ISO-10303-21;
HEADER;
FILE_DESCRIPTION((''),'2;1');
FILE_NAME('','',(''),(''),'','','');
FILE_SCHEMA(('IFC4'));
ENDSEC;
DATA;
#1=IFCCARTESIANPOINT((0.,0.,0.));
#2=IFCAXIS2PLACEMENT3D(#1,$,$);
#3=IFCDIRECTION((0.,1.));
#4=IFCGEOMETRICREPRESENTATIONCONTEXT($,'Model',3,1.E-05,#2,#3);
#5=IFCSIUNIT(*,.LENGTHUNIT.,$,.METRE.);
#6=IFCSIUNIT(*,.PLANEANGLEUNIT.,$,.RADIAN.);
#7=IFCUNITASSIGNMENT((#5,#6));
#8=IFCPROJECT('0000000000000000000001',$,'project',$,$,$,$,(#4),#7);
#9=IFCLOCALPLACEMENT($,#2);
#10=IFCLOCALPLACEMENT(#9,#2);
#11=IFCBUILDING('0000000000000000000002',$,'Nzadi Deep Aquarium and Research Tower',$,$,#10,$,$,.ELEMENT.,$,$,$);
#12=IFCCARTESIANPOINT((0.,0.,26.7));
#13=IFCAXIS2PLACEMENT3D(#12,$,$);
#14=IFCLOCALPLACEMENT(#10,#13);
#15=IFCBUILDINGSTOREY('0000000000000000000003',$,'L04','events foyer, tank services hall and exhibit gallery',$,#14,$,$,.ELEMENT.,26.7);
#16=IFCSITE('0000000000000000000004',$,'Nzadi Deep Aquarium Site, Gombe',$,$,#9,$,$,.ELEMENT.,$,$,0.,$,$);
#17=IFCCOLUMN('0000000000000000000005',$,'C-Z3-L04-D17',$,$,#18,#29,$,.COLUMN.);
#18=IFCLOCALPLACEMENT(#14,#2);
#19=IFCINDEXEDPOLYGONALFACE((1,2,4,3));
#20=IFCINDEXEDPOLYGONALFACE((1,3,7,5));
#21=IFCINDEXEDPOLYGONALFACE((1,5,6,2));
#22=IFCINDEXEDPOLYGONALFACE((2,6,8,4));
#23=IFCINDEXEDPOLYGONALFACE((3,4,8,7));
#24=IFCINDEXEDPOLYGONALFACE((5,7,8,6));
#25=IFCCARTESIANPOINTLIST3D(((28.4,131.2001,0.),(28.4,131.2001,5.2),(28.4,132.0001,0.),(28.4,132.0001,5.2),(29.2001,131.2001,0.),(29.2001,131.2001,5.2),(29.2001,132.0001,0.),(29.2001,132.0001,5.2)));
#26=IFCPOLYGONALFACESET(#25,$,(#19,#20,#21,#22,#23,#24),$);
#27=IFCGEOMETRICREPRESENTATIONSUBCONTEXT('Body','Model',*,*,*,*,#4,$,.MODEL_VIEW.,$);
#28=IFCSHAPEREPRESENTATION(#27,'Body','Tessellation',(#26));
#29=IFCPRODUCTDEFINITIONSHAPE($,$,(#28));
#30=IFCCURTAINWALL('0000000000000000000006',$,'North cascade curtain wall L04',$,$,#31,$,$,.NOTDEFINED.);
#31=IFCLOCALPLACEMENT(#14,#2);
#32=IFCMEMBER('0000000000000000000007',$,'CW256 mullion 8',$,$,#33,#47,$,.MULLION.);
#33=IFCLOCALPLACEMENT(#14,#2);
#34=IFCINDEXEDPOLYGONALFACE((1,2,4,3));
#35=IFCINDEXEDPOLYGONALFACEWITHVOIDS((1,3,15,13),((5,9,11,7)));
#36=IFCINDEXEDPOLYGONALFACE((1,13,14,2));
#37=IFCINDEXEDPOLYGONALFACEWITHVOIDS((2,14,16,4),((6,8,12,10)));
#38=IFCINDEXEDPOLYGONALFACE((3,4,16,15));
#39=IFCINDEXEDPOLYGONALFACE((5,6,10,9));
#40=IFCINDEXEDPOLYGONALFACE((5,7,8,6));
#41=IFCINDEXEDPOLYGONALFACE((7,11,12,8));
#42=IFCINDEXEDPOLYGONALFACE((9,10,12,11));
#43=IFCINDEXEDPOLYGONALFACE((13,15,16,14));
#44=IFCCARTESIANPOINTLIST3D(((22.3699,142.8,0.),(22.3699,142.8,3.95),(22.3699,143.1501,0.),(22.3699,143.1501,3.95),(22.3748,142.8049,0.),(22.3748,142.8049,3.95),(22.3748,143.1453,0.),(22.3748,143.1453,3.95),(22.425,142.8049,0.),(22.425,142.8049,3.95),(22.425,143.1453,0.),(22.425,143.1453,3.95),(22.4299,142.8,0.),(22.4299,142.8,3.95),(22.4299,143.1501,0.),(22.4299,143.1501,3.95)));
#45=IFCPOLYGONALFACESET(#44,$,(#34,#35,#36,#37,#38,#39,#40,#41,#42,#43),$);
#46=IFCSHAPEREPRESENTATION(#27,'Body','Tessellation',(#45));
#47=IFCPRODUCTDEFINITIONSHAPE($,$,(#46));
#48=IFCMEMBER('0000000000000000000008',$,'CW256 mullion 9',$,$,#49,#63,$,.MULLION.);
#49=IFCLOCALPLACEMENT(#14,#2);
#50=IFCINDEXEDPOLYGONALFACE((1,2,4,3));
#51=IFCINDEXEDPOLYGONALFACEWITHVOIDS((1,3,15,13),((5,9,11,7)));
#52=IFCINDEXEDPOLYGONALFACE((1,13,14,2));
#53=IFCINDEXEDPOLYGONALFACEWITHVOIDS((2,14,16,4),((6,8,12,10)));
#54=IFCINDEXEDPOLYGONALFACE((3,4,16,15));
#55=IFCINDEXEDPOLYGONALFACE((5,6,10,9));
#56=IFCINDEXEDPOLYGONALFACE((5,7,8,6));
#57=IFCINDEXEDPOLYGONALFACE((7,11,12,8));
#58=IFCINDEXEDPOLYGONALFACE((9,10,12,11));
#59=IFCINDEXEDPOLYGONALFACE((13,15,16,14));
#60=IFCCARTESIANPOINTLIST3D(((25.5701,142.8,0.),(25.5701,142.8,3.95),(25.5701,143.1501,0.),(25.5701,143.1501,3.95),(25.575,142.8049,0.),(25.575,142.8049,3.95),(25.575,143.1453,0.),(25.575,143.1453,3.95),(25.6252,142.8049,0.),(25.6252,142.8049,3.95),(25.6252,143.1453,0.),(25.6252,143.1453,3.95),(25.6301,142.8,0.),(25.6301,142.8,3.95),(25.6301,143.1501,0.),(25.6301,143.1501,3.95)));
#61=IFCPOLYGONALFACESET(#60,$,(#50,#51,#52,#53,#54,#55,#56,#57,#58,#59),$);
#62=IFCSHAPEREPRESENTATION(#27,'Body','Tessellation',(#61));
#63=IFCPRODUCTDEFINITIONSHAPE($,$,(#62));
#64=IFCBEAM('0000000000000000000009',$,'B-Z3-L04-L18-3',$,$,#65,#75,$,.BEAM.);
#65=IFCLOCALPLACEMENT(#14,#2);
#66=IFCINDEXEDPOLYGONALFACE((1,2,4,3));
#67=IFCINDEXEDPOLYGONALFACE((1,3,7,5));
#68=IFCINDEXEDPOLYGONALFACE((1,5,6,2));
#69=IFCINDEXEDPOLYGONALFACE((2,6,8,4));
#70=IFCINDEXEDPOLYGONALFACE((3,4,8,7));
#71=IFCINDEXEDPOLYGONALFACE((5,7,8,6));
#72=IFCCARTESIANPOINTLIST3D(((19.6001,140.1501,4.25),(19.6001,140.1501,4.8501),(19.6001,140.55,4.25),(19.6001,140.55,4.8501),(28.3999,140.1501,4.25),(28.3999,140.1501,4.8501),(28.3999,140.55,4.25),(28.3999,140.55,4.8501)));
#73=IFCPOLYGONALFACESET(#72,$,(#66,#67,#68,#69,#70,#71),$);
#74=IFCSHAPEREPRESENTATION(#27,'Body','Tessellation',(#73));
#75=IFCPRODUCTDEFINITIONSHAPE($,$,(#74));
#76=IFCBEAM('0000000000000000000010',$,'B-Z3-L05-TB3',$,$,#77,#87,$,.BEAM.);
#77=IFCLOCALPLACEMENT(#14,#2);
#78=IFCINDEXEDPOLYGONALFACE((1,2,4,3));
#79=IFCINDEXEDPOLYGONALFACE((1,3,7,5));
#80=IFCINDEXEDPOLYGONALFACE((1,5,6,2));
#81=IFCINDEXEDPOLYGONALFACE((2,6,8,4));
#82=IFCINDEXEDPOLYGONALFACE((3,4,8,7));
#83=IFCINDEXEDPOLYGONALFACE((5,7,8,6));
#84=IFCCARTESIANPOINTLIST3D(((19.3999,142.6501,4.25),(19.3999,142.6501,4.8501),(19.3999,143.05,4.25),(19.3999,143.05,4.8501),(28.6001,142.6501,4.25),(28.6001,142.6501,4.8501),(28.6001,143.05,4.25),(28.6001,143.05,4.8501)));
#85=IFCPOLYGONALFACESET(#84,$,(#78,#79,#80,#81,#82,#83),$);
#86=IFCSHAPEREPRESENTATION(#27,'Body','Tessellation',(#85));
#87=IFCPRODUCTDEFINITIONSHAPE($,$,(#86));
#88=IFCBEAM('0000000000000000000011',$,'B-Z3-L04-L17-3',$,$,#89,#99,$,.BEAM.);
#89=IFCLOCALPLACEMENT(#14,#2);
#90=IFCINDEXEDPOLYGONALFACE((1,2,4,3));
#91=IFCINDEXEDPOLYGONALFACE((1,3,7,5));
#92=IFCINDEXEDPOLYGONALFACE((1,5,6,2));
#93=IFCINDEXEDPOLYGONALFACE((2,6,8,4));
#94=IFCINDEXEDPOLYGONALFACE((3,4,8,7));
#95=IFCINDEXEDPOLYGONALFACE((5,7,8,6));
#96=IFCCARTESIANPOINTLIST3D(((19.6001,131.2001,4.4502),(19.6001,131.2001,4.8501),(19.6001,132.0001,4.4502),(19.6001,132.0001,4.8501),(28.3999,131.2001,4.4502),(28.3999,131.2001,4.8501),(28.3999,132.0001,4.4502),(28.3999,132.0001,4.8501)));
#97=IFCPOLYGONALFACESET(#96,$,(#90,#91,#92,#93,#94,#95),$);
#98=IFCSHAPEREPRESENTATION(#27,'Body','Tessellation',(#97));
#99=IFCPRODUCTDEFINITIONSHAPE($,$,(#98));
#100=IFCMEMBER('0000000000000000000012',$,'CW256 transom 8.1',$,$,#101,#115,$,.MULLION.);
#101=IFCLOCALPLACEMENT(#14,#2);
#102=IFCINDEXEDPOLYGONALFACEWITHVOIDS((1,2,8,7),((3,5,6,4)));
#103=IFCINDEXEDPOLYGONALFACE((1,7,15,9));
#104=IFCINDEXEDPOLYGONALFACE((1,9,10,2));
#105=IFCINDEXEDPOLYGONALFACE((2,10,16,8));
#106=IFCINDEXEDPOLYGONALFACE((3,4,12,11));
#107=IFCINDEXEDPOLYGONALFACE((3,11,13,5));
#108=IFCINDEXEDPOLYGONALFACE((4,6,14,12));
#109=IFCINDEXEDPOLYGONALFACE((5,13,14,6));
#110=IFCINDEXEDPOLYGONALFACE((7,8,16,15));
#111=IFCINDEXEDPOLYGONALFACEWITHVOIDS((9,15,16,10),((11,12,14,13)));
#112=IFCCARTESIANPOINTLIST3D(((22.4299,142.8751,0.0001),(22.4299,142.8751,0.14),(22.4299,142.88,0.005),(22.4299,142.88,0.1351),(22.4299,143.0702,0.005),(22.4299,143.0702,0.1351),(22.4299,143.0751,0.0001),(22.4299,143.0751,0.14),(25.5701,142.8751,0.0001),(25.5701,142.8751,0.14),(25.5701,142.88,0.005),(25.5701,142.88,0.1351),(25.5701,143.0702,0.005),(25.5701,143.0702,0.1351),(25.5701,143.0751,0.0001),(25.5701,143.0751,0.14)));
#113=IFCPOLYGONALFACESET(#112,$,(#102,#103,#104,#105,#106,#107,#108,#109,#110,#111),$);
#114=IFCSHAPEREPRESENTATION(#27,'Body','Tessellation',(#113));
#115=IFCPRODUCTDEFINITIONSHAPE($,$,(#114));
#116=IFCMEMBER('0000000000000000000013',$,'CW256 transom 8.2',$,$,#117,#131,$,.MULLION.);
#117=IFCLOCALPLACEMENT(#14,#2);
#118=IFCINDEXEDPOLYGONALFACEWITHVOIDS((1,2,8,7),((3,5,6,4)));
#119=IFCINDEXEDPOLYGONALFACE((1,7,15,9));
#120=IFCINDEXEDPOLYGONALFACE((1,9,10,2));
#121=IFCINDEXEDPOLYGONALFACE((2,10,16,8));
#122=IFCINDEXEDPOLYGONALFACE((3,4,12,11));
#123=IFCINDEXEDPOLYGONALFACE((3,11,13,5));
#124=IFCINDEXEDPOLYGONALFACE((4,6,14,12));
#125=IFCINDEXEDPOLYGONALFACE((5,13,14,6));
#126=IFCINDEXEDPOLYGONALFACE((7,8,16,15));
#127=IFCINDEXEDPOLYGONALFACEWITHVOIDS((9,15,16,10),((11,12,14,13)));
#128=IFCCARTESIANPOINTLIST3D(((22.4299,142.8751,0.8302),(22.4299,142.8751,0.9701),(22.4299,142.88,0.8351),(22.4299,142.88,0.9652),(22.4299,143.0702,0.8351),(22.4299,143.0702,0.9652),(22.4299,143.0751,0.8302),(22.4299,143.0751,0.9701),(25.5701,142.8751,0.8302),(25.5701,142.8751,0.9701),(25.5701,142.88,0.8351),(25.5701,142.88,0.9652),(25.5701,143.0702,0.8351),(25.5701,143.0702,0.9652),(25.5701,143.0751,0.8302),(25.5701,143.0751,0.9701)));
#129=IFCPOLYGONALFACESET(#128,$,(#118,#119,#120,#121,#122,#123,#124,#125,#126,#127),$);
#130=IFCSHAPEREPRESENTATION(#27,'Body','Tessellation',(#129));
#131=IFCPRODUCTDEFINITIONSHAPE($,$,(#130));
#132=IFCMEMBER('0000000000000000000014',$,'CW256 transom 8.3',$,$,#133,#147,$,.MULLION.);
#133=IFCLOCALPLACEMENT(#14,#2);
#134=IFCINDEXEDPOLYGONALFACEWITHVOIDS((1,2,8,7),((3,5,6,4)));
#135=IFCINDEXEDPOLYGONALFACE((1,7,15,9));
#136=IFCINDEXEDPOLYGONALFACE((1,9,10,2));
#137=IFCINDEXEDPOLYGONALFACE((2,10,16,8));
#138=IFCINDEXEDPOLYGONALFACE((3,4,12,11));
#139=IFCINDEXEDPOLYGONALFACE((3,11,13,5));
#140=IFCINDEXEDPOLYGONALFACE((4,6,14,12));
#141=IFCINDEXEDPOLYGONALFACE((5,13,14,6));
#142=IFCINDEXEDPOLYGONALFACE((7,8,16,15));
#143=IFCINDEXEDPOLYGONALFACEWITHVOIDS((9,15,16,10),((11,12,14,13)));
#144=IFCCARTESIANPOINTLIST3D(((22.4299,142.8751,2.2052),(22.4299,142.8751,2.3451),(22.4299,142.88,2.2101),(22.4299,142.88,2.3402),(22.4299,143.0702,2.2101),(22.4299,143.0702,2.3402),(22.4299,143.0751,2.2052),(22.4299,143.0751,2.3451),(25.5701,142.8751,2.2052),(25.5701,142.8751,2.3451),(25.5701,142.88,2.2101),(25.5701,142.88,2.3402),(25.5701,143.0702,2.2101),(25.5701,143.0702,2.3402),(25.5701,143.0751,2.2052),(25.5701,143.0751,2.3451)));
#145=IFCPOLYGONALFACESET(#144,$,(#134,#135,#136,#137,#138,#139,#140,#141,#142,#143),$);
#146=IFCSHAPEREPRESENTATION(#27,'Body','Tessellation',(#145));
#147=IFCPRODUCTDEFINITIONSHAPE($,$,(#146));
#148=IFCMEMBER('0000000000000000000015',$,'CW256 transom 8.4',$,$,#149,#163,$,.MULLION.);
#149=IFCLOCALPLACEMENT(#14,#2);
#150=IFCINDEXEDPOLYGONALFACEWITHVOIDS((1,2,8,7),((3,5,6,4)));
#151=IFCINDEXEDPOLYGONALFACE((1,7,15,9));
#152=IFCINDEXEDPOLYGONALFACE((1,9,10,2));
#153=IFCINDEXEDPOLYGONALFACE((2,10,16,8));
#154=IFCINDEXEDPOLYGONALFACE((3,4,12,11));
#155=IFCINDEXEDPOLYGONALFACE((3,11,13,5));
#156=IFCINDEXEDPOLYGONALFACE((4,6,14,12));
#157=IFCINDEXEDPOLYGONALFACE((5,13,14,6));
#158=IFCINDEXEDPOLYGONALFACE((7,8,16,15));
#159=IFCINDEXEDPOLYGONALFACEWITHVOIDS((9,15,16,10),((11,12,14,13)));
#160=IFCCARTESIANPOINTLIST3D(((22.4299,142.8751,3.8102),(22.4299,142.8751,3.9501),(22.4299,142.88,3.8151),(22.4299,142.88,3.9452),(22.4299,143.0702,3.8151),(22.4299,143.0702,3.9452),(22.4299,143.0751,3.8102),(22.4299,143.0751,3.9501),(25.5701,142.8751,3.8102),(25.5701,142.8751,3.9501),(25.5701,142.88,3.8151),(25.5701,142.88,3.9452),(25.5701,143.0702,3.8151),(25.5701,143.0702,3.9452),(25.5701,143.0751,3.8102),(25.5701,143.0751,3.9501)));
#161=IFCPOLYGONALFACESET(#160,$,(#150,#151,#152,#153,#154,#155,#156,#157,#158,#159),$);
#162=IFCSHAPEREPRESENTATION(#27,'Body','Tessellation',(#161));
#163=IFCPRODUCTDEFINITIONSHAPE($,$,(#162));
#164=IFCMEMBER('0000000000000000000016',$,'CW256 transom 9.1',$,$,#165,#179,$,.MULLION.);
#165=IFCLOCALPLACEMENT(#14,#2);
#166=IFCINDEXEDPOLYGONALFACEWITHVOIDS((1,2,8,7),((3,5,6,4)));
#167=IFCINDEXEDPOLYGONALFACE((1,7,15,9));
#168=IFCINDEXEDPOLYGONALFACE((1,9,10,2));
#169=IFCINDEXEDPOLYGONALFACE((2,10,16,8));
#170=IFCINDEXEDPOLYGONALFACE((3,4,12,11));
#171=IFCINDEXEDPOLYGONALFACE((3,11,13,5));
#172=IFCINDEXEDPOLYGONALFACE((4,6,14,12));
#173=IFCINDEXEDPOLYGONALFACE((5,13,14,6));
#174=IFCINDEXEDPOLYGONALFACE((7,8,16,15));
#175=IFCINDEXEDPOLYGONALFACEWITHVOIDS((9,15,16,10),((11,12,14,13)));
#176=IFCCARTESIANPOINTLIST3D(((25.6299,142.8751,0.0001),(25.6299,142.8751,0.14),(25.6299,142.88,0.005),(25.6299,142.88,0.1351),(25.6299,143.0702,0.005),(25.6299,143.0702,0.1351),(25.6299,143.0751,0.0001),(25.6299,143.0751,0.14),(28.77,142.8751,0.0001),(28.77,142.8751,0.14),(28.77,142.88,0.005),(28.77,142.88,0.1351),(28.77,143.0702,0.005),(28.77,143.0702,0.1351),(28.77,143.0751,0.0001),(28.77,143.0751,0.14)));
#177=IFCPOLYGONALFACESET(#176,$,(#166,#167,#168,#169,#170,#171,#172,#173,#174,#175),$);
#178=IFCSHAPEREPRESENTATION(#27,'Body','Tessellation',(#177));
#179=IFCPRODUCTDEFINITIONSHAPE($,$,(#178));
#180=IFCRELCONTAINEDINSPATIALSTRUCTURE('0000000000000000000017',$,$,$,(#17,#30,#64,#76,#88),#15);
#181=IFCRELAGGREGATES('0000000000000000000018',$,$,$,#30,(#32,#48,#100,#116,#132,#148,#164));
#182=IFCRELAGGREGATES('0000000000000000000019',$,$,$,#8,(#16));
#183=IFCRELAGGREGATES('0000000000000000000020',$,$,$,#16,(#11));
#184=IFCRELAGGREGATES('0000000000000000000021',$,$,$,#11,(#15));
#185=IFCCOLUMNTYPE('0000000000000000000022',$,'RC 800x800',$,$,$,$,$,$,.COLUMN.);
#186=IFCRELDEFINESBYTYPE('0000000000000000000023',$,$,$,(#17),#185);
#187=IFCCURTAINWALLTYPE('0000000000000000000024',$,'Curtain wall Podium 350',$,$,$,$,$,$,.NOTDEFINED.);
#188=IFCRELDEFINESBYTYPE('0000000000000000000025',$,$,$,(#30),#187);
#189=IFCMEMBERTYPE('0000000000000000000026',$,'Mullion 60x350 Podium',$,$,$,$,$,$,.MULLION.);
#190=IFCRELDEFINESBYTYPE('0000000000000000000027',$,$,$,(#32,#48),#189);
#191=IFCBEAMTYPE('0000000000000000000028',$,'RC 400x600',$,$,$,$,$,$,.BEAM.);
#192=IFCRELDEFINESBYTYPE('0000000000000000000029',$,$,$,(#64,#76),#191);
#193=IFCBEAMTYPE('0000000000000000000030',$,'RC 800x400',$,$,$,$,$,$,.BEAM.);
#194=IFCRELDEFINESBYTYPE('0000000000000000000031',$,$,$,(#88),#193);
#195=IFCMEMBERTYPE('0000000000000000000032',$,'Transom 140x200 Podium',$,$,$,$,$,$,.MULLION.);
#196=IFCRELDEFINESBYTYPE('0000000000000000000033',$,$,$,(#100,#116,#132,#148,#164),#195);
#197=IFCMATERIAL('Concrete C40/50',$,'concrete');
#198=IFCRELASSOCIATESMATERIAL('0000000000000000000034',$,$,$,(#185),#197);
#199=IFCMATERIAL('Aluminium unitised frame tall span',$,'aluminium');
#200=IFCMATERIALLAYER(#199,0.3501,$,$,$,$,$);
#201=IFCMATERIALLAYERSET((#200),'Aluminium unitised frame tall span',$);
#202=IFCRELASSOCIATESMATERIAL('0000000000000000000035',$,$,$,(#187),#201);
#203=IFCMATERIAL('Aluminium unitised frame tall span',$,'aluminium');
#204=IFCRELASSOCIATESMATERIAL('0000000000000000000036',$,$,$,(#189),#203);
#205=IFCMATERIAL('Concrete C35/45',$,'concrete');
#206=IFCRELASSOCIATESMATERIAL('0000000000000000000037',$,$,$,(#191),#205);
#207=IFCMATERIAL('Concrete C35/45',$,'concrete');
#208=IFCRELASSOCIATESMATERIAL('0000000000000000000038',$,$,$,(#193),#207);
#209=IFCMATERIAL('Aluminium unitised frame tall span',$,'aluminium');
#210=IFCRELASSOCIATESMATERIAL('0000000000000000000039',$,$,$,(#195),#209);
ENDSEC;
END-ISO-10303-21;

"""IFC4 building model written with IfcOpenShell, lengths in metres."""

from ifc_helpers import new_model, si_unit, direction, frame, origin, origin_2d, place, context, subcontext, project, spatial, rectangle, hollow_rectangle, extrude, material, layer, layer_set, material_profile, profile_set, type_object, element, aggregate, save


model = new_model("IFC4")

# Units and contexts
model_context = context("Model", 3, precision=1e-05, world=origin(), true_north=direction((0.0, 1.0)))
body_context = subcontext(model_context, "Body", "Model", "MODEL_VIEW")
ifc_project = project(units=[si_unit("LENGTHUNIT", "METRE"), si_unit("PLANEANGLEUNIT", "RADIAN")], contexts=[model_context])

# Site, building, storey
site_placement = place(None, origin())
site = spatial("IfcSite", under=ifc_project, at=site_placement, Name="Nzadi Deep Aquarium Site, Gombe", CompositionType="ELEMENT", RefElevation=0.0)
building_placement = place(site_placement, origin())
building = spatial("IfcBuilding", under=site, at=building_placement, Name="Nzadi Deep Aquarium and Research Tower", CompositionType="ELEMENT")
storey_placement = place(building_placement, frame((0.0, 0.0, 26.7)))
storey = spatial("IfcBuildingStorey", under=building, at=storey_placement, Name="L04", Description="events foyer, tank services hall and exhibit gallery", CompositionType="ELEMENT", Elevation=26.7)

# Column
ifc_material_1 = material(Name="Concrete C40/50", Category="concrete")
ifc_material_profile_1 = material_profile(ifc_material_1, rectangle(XDim=0.8, YDim=0.8, at=origin_2d()))
ifc_profile_set_1 = profile_set([ifc_material_profile_1], Name="Concrete C40/50")
column_type = type_object("IfcColumnType", Name="RC 800x800", PredefinedType="COLUMN", material=ifc_profile_set_1)
column_placement = place(storey_placement, frame((28.8, 131.6001, 0.0), z_axis=(0.0, 0.0, 1.0), x_axis=(1.0, 0.0, 0.0)))
element("IfcColumn", 1, at=column_placement, inside=storey, type_object=column_type, Name="C-Z3-L04-D17", PredefinedType="COLUMN", context=body_context, shape_type="SweptSolid", body=[
    extrude(rectangle(XDim=0.8, YDim=0.8, at=origin_2d()), origin(), (0.0, 0.0, 1.0), 5.2),
])

# Curtain wall, members
ifc_material_2 = material(Name="Aluminium unitised frame tall span", Category="aluminium")
ifc_layer_1 = layer(ifc_material_2, 0.3501)
ifc_layer_set_1 = layer_set([ifc_layer_1], Name="Aluminium unitised frame tall span")
curtain_wall_type = type_object("IfcCurtainWallType", Name="Curtain wall Podium 350", PredefinedType="NOTDEFINED", material=ifc_layer_set_1)
curtain_wall_placement = place(storey_placement, origin())
curtain_wall = element("IfcCurtainWall", 2, at=curtain_wall_placement, inside=storey, type_object=curtain_wall_type, Name="North cascade curtain wall L04", PredefinedType="NOTDEFINED")
ifc_material_3 = material(Name="Aluminium unitised frame tall span", Category="aluminium")
ifc_material_profile_2 = material_profile(ifc_material_3, hollow_rectangle(XDim=0.3501, YDim=0.0601, WallThickness=0.0049, at=origin_2d()))
ifc_profile_set_2 = profile_set([ifc_material_profile_2], Name="Aluminium unitised frame tall span")
member_type_1 = type_object("IfcMemberType", Name="Mullion 60x350 Podium", PredefinedType="MULLION", material=ifc_profile_set_2)
member_1_placement = place(storey_placement, frame((22.3999, 142.9751, 0.0), z_axis=(0.0, 0.0, 1.0), x_axis=(0.0, 1.0, 0.0)))
member_1 = element("IfcMember", 3, at=member_1_placement, type_object=member_type_1, Name="CW256 mullion 8", PredefinedType="MULLION", context=body_context, shape_type="SweptSolid", body=[
    extrude(hollow_rectangle(XDim=0.3501, YDim=0.0601, WallThickness=0.0049, at=origin_2d()), origin(), (0.0, 0.0, 1.0), 3.95),
])
member_2_placement = place(storey_placement, frame((25.6001, 142.9751, 0.0), z_axis=(0.0, 0.0, 1.0), x_axis=(0.0, 1.0, 0.0)))
member_2 = element("IfcMember", 4, at=member_2_placement, type_object=member_type_1, Name="CW256 mullion 9", PredefinedType="MULLION", context=body_context, shape_type="SweptSolid", body=[
    extrude(hollow_rectangle(XDim=0.3501, YDim=0.0601, WallThickness=0.0049, at=origin_2d()), origin(), (0.0, 0.0, 1.0), 3.95),
])

# Beams
ifc_material_4 = material(Name="Concrete C35/45", Category="concrete")
ifc_material_profile_3 = material_profile(ifc_material_4, rectangle(XDim=0.3999, YDim=0.6001, at=origin_2d()))
ifc_profile_set_3 = profile_set([ifc_material_profile_3], Name="Concrete C35/45")
beam_type_1 = type_object("IfcBeamType", Name="RC 400x600", PredefinedType="BEAM", material=ifc_profile_set_3)
beam_1_placement = place(storey_placement, frame((19.6001, 140.3501, 4.55), z_axis=(1.0, 0.0, 0.0), x_axis=(0.0, 1.0, 0.0)))
element("IfcBeam", 5, at=beam_1_placement, inside=storey, type_object=beam_type_1, Name="B-Z3-L04-L18-3", PredefinedType="BEAM", context=body_context, shape_type="SweptSolid", body=[
    extrude(rectangle(XDim=0.3999, YDim=0.6001, at=origin_2d()), origin(), (0.0, 0.0, 1.0), 8.7998),
])
beam_2_placement = place(storey_placement, frame((19.3999, 142.8501, 4.55), z_axis=(1.0, 0.0, 0.0), x_axis=(0.0, 1.0, 0.0)))
element("IfcBeam", 6, at=beam_2_placement, inside=storey, type_object=beam_type_1, Name="B-Z3-L05-TB3", PredefinedType="BEAM", context=body_context, shape_type="SweptSolid", body=[
    extrude(rectangle(XDim=0.3999, YDim=0.6001, at=origin_2d()), origin(), (0.0, 0.0, 1.0), 9.2002),
])
ifc_material_5 = material(Name="Concrete C35/45", Category="concrete")
ifc_material_profile_4 = material_profile(ifc_material_5, rectangle(XDim=0.8, YDim=0.3999, at=origin_2d()))
ifc_profile_set_4 = profile_set([ifc_material_profile_4], Name="Concrete C35/45")
beam_type_2 = type_object("IfcBeamType", Name="RC 800x400", PredefinedType="BEAM", material=ifc_profile_set_4)
beam_3_placement = place(storey_placement, frame((19.6001, 131.6001, 4.6501), z_axis=(1.0, 0.0, 0.0), x_axis=(0.0, 1.0, 0.0)))
element("IfcBeam", 7, at=beam_3_placement, inside=storey, type_object=beam_type_2, Name="B-Z3-L04-L17-3", PredefinedType="BEAM", context=body_context, shape_type="SweptSolid", body=[
    extrude(rectangle(XDim=0.8, YDim=0.3999, at=origin_2d()), origin(), (0.0, 0.0, 1.0), 8.7998),
])

# Members
ifc_material_6 = material(Name="Aluminium unitised frame tall span", Category="aluminium")
ifc_material_profile_5 = material_profile(ifc_material_6, hollow_rectangle(XDim=0.2, YDim=0.1399, WallThickness=0.0049, at=origin_2d()))
ifc_profile_set_5 = profile_set([ifc_material_profile_5], Name="Aluminium unitised frame tall span")
member_type_2 = type_object("IfcMemberType", Name="Transom 140x200 Podium", PredefinedType="MULLION", material=ifc_profile_set_5)
member_3_placement = place(storey_placement, frame((22.4299, 142.9751, 0.0701), z_axis=(1.0, 0.0, 0.0), x_axis=(0.0, 1.0, 0.0)))
member_3 = element("IfcMember", 8, at=member_3_placement, type_object=member_type_2, Name="CW256 transom 8.1", PredefinedType="MULLION", context=body_context, shape_type="SweptSolid", body=[
    extrude(hollow_rectangle(XDim=0.2, YDim=0.1399, WallThickness=0.0049, at=origin_2d()), origin(), (0.0, 0.0, 1.0), 3.1401),
])
member_4_placement = place(storey_placement, frame((22.4299, 142.9751, 0.9001), z_axis=(1.0, 0.0, 0.0), x_axis=(0.0, 1.0, 0.0)))
member_4 = element("IfcMember", 9, at=member_4_placement, type_object=member_type_2, Name="CW256 transom 8.2", PredefinedType="MULLION", context=body_context, shape_type="SweptSolid", body=[
    extrude(hollow_rectangle(XDim=0.2, YDim=0.1399, WallThickness=0.0049, at=origin_2d()), origin(), (0.0, 0.0, 1.0), 3.1401),
])
member_5_placement = place(storey_placement, frame((22.4299, 142.9751, 2.2751), z_axis=(1.0, 0.0, 0.0), x_axis=(0.0, 1.0, 0.0)))
member_5 = element("IfcMember", 10, at=member_5_placement, type_object=member_type_2, Name="CW256 transom 8.3", PredefinedType="MULLION", context=body_context, shape_type="SweptSolid", body=[
    extrude(hollow_rectangle(XDim=0.2, YDim=0.1399, WallThickness=0.0049, at=origin_2d()), origin(), (0.0, 0.0, 1.0), 3.1401),
])
member_6_placement = place(storey_placement, frame((22.4299, 142.9751, 3.8801), z_axis=(1.0, 0.0, 0.0), x_axis=(0.0, 1.0, 0.0)))
member_6 = element("IfcMember", 11, at=member_6_placement, type_object=member_type_2, Name="CW256 transom 8.4", PredefinedType="MULLION", context=body_context, shape_type="SweptSolid", body=[
    extrude(hollow_rectangle(XDim=0.2, YDim=0.1399, WallThickness=0.0049, at=origin_2d()), origin(), (0.0, 0.0, 1.0), 3.1401),
])
member_7_placement = place(storey_placement, frame((25.6299, 142.9751, 0.0701), z_axis=(1.0, 0.0, 0.0), x_axis=(0.0, 1.0, 0.0)))
member_7 = element("IfcMember", 12, at=member_7_placement, type_object=member_type_2, Name="CW256 transom 9.1", PredefinedType="MULLION", context=body_context, shape_type="SweptSolid", body=[
    extrude(hollow_rectangle(XDim=0.2, YDim=0.1399, WallThickness=0.0049, at=origin_2d()), origin(), (0.0, 0.0, 1.0), 3.1401),
])

aggregate(curtain_wall, [member_1, member_2, member_3, member_4, member_5, member_6, member_7])

save(model, "model.ifc")
